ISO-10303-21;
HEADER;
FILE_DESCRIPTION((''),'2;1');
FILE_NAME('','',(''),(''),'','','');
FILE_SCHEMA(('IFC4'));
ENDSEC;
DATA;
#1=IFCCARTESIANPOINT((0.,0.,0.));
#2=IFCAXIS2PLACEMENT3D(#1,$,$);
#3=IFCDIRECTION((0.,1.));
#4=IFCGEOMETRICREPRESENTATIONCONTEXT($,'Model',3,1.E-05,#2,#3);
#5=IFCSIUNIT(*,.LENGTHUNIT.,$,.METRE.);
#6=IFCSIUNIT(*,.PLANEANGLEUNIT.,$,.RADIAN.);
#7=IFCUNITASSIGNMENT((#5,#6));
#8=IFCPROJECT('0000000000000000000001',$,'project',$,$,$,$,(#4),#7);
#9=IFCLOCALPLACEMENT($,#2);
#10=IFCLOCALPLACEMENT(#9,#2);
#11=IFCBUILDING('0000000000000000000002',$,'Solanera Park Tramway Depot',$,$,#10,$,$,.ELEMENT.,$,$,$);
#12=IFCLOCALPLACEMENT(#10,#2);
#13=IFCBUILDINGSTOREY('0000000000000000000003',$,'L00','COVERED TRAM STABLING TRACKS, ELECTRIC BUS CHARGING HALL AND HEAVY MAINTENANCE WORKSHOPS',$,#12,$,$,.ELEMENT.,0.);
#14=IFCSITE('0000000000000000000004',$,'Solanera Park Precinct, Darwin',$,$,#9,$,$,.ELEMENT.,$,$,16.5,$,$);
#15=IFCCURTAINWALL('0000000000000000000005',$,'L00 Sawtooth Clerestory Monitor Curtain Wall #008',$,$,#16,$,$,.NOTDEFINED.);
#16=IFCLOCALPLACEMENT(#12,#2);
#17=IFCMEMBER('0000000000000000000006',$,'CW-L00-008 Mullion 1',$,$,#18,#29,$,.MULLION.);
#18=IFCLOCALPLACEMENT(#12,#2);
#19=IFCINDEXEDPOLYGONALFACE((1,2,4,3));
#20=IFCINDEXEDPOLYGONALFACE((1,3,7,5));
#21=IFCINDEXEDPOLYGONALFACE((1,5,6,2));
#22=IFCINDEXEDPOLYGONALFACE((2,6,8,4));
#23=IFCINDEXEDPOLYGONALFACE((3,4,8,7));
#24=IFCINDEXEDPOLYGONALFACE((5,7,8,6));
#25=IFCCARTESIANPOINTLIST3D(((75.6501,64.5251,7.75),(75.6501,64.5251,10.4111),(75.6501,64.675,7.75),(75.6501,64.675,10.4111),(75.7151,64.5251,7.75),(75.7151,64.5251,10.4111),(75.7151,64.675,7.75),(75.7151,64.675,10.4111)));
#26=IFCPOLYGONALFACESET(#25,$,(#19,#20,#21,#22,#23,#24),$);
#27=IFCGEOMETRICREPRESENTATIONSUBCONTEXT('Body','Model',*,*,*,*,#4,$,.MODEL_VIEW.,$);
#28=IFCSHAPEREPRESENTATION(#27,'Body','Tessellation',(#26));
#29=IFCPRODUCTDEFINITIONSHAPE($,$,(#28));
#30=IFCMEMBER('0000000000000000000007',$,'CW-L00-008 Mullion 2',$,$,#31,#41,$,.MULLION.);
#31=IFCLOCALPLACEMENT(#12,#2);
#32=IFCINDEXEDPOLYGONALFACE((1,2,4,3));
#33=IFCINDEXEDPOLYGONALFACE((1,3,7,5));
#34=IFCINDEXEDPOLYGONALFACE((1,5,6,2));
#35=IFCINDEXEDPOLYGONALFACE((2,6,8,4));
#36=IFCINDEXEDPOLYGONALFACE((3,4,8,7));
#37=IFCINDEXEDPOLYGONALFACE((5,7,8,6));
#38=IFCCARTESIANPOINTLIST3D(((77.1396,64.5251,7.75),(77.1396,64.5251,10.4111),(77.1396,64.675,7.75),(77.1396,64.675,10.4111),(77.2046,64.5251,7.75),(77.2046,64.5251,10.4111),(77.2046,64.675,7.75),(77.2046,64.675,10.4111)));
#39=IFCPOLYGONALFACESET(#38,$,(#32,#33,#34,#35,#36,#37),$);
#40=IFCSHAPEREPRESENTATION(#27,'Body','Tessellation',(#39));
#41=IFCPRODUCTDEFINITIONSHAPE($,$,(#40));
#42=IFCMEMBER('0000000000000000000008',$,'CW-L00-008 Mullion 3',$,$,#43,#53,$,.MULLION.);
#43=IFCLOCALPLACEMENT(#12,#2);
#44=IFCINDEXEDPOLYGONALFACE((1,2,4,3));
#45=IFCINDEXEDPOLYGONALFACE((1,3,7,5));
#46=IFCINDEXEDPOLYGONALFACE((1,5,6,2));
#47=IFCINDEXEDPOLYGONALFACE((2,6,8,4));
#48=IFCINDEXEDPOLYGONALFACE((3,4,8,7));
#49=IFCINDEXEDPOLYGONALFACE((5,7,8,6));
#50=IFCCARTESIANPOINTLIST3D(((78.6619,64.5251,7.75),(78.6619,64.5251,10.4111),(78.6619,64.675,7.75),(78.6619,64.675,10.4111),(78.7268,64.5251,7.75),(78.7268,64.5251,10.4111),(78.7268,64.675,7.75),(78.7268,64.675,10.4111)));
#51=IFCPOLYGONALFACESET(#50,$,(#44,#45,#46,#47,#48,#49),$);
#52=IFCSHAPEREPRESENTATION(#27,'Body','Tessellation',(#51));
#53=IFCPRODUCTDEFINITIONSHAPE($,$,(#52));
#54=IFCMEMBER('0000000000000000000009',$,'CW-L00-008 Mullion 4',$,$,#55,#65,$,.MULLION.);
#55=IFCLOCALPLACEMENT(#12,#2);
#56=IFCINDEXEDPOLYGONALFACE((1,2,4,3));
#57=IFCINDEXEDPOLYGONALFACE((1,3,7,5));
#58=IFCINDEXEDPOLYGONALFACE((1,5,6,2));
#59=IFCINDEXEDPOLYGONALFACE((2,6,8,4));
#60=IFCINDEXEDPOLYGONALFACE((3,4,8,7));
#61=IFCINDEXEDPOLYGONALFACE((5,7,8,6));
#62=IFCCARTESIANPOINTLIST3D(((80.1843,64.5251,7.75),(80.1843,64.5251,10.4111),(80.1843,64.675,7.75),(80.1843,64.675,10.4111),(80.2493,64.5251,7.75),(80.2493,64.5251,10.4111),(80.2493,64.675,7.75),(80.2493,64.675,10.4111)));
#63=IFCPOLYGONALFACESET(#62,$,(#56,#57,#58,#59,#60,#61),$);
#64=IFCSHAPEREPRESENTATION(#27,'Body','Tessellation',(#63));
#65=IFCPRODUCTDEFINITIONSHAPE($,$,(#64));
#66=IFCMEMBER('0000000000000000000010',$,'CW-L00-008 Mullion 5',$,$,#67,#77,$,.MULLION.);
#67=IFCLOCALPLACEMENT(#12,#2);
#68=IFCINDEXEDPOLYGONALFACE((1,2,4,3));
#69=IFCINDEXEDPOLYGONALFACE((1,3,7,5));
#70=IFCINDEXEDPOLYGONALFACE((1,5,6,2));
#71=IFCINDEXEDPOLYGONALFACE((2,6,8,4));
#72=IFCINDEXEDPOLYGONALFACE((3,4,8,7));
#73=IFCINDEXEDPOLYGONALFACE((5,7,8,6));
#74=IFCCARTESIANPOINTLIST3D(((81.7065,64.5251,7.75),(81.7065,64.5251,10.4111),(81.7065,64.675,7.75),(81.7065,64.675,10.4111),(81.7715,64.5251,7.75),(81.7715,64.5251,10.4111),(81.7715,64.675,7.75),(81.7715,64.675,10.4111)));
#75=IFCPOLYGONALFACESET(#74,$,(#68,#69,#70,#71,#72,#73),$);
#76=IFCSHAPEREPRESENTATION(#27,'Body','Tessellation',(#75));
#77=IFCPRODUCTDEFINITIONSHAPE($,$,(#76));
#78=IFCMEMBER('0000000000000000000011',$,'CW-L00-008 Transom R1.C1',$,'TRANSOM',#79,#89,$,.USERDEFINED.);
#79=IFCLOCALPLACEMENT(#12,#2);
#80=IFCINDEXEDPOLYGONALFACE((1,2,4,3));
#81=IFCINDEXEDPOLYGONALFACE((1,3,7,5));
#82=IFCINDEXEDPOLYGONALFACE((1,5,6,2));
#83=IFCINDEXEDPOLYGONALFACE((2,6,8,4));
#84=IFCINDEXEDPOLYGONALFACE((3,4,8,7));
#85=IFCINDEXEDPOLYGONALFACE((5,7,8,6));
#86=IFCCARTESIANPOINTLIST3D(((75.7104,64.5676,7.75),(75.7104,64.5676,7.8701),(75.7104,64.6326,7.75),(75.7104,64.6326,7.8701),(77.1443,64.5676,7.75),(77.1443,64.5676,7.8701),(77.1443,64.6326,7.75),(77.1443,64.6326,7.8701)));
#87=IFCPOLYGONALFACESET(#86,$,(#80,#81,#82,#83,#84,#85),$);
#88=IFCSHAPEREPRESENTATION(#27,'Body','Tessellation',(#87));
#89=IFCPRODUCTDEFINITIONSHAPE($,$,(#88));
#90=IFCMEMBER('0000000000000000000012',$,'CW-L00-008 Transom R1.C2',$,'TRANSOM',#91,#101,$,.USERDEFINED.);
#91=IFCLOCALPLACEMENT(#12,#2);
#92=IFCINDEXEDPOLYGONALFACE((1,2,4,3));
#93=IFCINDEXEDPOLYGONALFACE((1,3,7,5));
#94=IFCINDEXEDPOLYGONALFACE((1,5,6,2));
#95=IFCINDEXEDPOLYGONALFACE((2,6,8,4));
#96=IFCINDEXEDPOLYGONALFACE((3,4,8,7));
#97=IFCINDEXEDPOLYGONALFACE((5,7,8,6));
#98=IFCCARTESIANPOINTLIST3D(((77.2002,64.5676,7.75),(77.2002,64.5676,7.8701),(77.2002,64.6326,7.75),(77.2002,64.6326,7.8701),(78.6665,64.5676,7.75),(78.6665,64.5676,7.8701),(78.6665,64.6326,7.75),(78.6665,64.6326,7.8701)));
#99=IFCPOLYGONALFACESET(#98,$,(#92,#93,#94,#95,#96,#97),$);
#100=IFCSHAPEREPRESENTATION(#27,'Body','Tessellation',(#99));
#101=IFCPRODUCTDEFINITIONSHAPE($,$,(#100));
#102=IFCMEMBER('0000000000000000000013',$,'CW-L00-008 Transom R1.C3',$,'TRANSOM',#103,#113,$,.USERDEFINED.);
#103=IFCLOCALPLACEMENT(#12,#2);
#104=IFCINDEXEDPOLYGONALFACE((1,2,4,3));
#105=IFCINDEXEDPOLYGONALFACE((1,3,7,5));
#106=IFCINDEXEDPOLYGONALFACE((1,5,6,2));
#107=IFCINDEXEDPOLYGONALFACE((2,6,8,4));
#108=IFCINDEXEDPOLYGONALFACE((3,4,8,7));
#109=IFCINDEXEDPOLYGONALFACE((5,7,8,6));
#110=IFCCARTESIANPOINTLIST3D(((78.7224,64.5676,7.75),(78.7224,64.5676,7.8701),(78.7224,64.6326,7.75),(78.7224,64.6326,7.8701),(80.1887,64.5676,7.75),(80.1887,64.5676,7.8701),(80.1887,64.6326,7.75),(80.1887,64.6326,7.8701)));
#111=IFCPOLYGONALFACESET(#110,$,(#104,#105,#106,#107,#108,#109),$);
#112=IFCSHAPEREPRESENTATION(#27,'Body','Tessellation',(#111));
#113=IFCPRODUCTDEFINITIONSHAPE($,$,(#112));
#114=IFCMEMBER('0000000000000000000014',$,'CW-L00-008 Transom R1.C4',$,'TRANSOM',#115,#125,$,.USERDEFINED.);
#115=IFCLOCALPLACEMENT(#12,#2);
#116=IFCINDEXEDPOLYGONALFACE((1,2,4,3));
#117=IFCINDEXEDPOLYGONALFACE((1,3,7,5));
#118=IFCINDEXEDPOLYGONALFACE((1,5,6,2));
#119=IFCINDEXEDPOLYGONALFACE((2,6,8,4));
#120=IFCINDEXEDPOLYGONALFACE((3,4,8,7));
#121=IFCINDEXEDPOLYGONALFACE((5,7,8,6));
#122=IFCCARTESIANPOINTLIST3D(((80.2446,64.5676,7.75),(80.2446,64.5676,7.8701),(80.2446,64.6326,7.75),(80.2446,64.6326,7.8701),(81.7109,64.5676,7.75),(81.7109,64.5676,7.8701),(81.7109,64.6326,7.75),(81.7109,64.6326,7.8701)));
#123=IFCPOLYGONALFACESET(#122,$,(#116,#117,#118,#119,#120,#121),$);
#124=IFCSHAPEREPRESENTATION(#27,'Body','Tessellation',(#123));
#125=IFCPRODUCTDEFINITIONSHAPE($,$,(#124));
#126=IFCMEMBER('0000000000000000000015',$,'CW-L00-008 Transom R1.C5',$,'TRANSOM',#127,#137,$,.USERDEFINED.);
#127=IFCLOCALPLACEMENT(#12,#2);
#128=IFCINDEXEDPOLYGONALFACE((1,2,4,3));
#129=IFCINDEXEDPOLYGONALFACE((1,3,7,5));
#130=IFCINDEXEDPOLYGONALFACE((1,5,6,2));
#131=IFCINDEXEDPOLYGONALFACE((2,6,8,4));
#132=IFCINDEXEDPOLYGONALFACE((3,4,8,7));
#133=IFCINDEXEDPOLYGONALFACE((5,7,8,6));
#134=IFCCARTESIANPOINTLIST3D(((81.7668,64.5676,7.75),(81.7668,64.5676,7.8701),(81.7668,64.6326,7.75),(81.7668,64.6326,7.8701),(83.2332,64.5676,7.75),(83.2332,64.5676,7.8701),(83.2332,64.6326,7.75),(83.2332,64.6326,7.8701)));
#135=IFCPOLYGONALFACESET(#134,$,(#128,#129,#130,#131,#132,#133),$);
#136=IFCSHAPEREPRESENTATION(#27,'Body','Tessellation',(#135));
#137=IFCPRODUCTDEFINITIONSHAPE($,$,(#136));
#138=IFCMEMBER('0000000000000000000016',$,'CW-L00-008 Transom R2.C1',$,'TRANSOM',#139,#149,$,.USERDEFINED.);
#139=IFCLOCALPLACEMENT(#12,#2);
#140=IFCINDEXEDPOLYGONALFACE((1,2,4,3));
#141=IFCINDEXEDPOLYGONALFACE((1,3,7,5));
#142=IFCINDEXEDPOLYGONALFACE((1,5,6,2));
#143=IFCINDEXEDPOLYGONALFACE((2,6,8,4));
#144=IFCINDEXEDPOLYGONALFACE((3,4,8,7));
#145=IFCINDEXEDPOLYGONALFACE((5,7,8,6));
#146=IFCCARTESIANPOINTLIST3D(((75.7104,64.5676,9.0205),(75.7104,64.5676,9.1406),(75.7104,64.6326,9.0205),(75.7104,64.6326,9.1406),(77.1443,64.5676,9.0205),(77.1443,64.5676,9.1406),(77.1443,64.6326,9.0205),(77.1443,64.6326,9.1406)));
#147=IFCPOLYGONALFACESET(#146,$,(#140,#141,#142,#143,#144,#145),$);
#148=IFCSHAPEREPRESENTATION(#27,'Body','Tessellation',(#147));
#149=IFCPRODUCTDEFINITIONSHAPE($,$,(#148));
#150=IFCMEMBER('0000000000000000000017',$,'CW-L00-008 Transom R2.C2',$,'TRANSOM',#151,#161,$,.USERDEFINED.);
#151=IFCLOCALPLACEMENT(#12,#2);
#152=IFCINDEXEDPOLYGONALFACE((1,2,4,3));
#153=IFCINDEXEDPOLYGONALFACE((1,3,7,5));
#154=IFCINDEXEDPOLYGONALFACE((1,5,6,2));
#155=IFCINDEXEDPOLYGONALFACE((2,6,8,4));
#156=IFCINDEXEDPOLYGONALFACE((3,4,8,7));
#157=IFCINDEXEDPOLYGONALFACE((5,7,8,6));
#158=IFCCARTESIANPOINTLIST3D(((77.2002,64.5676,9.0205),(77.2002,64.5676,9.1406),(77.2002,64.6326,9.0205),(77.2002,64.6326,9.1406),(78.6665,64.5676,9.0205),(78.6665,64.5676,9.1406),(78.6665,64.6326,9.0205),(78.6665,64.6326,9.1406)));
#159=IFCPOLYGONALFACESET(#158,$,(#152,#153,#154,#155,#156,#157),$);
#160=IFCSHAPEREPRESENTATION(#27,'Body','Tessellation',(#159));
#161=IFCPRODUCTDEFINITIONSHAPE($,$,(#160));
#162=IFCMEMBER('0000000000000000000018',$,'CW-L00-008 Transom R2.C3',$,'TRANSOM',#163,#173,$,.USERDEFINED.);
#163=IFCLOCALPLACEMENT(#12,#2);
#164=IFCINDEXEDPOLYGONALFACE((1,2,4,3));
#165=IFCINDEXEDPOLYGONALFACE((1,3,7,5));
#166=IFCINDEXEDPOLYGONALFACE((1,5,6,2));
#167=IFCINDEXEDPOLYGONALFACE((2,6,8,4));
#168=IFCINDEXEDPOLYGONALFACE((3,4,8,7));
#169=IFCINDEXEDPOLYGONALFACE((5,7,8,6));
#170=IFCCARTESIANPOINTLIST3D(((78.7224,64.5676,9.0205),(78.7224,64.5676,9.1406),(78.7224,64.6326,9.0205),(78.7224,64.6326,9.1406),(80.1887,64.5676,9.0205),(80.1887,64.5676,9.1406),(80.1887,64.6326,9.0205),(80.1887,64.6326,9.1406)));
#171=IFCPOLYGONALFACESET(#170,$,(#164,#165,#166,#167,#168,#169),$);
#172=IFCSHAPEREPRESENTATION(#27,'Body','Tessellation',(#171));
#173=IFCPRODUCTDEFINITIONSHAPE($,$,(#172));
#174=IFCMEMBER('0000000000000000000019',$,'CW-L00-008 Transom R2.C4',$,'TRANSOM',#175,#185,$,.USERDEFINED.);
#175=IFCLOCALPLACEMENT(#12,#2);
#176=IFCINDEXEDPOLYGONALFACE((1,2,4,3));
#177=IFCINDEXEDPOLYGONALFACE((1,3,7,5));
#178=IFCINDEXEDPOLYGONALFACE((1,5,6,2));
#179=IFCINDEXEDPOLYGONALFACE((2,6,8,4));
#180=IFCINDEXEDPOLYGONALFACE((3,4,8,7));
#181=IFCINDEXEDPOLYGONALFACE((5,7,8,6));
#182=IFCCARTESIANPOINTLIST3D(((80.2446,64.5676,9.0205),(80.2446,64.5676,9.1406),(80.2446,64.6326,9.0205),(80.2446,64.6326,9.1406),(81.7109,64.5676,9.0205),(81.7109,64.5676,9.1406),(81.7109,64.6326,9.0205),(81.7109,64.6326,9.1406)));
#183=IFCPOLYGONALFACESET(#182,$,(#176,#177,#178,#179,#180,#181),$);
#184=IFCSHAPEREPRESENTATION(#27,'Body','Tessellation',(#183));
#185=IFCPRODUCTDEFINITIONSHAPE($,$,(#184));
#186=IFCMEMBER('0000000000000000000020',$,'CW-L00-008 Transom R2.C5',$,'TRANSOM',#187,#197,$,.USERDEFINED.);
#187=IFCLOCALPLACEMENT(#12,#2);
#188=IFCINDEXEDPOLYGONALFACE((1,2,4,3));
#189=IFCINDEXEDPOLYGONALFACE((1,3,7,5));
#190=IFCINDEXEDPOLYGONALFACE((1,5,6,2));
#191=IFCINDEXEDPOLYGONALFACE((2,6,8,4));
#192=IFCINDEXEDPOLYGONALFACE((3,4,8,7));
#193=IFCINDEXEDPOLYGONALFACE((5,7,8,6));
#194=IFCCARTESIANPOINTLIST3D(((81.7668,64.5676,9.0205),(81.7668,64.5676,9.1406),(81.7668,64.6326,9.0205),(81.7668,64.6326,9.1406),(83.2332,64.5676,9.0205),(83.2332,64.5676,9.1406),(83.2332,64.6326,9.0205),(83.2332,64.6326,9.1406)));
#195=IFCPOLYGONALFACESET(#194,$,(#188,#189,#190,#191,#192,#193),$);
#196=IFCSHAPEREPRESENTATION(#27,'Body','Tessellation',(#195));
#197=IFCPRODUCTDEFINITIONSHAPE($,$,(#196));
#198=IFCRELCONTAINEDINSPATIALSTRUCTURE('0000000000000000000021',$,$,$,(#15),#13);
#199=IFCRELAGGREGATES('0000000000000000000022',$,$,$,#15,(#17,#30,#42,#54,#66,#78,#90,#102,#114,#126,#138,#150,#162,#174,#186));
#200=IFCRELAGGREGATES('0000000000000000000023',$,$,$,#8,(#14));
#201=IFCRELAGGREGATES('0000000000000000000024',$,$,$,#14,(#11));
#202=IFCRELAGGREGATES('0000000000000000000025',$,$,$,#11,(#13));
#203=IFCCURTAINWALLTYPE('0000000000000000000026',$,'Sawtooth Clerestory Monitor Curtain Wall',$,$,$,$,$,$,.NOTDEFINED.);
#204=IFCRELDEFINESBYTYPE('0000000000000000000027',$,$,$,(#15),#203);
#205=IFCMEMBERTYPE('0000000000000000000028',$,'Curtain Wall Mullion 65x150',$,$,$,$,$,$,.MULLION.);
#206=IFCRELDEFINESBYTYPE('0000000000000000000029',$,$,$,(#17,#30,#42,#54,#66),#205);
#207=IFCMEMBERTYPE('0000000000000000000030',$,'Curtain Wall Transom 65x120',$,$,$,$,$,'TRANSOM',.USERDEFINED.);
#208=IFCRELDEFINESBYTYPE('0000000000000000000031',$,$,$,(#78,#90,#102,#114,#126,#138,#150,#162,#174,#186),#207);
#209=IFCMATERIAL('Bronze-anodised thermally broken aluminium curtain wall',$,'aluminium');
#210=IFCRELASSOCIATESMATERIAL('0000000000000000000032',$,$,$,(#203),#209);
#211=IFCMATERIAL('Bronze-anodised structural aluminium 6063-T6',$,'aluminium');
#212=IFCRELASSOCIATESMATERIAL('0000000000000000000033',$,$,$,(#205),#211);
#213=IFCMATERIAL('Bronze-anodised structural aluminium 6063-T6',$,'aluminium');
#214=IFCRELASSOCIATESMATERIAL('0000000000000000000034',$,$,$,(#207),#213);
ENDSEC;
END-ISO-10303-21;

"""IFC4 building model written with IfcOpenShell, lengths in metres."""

from ifc_helpers import new_model, si_unit, direction, frame, origin, origin_2d, place, context, subcontext, project, spatial, rectangle, extrude, material, material_profile, profile_set, type_object, element, aggregate, save


model = new_model("IFC4")

# Units and contexts
model_context = context("Model", 3, precision=1e-05, world=origin(), true_north=direction((0.0, 1.0)))
body_context = subcontext(model_context, "Body", "Model", "MODEL_VIEW")
ifc_project = project(units=[si_unit("LENGTHUNIT", "METRE"), si_unit("PLANEANGLEUNIT", "RADIAN")], contexts=[model_context])

# Site, building, storey
site_placement = place(None, origin())
site = spatial("IfcSite", under=ifc_project, at=site_placement, Name="Solanera Park Precinct, Darwin", CompositionType="ELEMENT", RefElevation=16.5)
building_placement = place(site_placement, origin())
building = spatial("IfcBuilding", under=site, at=building_placement, Name="Solanera Park Tramway Depot", CompositionType="ELEMENT")
storey_placement = place(building_placement, origin())
storey = spatial("IfcBuildingStorey", under=building, at=storey_placement, Name="L00", Description="COVERED TRAM STABLING TRACKS, ELECTRIC BUS CHARGING HALL AND HEAVY MAINTENANCE WORKSHOPS", CompositionType="ELEMENT", Elevation=0.0)

# Curtain wall, members
ifc_material_1 = material(Name="Bronze-anodised thermally broken aluminium curtain wall", Category="aluminium")
curtain_wall_type = type_object("IfcCurtainWallType", Name="Sawtooth Clerestory Monitor Curtain Wall", PredefinedType="NOTDEFINED", material=ifc_material_1)
curtain_wall_placement = place(storey_placement, origin())
curtain_wall = element("IfcCurtainWall", 1, at=curtain_wall_placement, inside=storey, type_object=curtain_wall_type, Name="L00 Sawtooth Clerestory Monitor Curtain Wall #008", PredefinedType="NOTDEFINED")
ifc_material_2 = material(Name="Bronze-anodised structural aluminium 6063-T6", Category="aluminium")
ifc_material_profile_1 = material_profile(ifc_material_2, rectangle(XDim=0.0649, YDim=0.1499, at=origin_2d()), Name="Curtain Wall Mullion 65x150")
ifc_profile_set_1 = profile_set([ifc_material_profile_1], Name="Bronze-anodised structural aluminium 6063-T6")
member_type_1 = type_object("IfcMemberType", Name="Curtain Wall Mullion 65x150", PredefinedType="MULLION", material=ifc_profile_set_1)
member_1_placement = place(storey_placement, frame((75.6826, 64.6001, 7.75), z_axis=(0.0, 0.0, 1.0), x_axis=(1.0, 0.0, 0.0)))
member_1 = element("IfcMember", 2, at=member_1_placement, type_object=member_type_1, Name="CW-L00-008 Mullion 1", PredefinedType="MULLION", context=body_context, shape_type="SweptSolid", body=[
    extrude(rectangle(XDim=0.0649, YDim=0.1499, at=origin_2d()), origin(), (0.0, 0.0, 1.0), 2.6611),
])
member_2_placement = place(storey_placement, frame((77.1721, 64.6001, 7.75), z_axis=(0.0, 0.0, 1.0), x_axis=(1.0, 0.0, 0.0)))
member_2 = element("IfcMember", 3, at=member_2_placement, type_object=member_type_1, Name="CW-L00-008 Mullion 2", PredefinedType="MULLION", context=body_context, shape_type="SweptSolid", body=[
    extrude(rectangle(XDim=0.0649, YDim=0.1499, at=origin_2d()), origin(), (0.0, 0.0, 1.0), 2.6611),
])
member_3_placement = place(storey_placement, frame((78.6943, 64.6001, 7.75), z_axis=(0.0, 0.0, 1.0), x_axis=(1.0, 0.0, 0.0)))
member_3 = element("IfcMember", 4, at=member_3_placement, type_object=member_type_1, Name="CW-L00-008 Mullion 3", PredefinedType="MULLION", context=body_context, shape_type="SweptSolid", body=[
    extrude(rectangle(XDim=0.0649, YDim=0.1499, at=origin_2d()), origin(), (0.0, 0.0, 1.0), 2.6611),
])
member_4_placement = place(storey_placement, frame((80.2168, 64.6001, 7.75), z_axis=(0.0, 0.0, 1.0), x_axis=(1.0, 0.0, 0.0)))
member_4 = element("IfcMember", 5, at=member_4_placement, type_object=member_type_1, Name="CW-L00-008 Mullion 4", PredefinedType="MULLION", context=body_context, shape_type="SweptSolid", body=[
    extrude(rectangle(XDim=0.0649, YDim=0.1499, at=origin_2d()), origin(), (0.0, 0.0, 1.0), 2.6611),
])
member_5_placement = place(storey_placement, frame((81.739, 64.6001, 7.75), z_axis=(0.0, 0.0, 1.0), x_axis=(1.0, 0.0, 0.0)))
member_5 = element("IfcMember", 6, at=member_5_placement, type_object=member_type_1, Name="CW-L00-008 Mullion 5", PredefinedType="MULLION", context=body_context, shape_type="SweptSolid", body=[
    extrude(rectangle(XDim=0.0649, YDim=0.1499, at=origin_2d()), origin(), (0.0, 0.0, 1.0), 2.6611),
])
ifc_material_3 = material(Name="Bronze-anodised structural aluminium 6063-T6", Category="aluminium")
ifc_material_profile_2 = material_profile(ifc_material_3, rectangle(XDim=0.0649, YDim=0.1201, at=origin_2d()), Name="Curtain Wall Transom 65x120")
ifc_profile_set_2 = profile_set([ifc_material_profile_2], Name="Bronze-anodised structural aluminium 6063-T6")
member_type_2 = type_object("IfcMemberType", Name="Curtain Wall Transom 65x120", ElementType="TRANSOM", PredefinedType="USERDEFINED", material=ifc_profile_set_2)
member_6_placement = place(storey_placement, frame((75.7104, 64.6001, 7.8101), z_axis=(1.0, 0.0, 0.0), x_axis=(0.0, 1.0, 0.0)))
member_6 = element("IfcMember", 7, at=member_6_placement, type_object=member_type_2, Name="CW-L00-008 Transom R1.C1", ObjectType="TRANSOM", PredefinedType="USERDEFINED", context=body_context, shape_type="SweptSolid", body=[
    extrude(rectangle(XDim=0.0649, YDim=0.1201, at=origin_2d()), origin(), (0.0, 0.0, 1.0), 1.4338),
])
member_7_placement = place(storey_placement, frame((77.2002, 64.6001, 7.8101), z_axis=(1.0, 0.0, 0.0), x_axis=(0.0, 1.0, 0.0)))
member_7 = element("IfcMember", 8, at=member_7_placement, type_object=member_type_2, Name="CW-L00-008 Transom R1.C2", ObjectType="TRANSOM", PredefinedType="USERDEFINED", context=body_context, shape_type="SweptSolid", body=[
    extrude(rectangle(XDim=0.0649, YDim=0.1201, at=origin_2d()), origin(), (0.0, 0.0, 1.0), 1.4663),
])
member_8_placement = place(storey_placement, frame((78.7224, 64.6001, 7.8101), z_axis=(1.0, 0.0, 0.0), x_axis=(0.0, 1.0, 0.0)))
member_8 = element("IfcMember", 9, at=member_8_placement, type_object=member_type_2, Name="CW-L00-008 Transom R1.C3", ObjectType="TRANSOM", PredefinedType="USERDEFINED", context=body_context, shape_type="SweptSolid", body=[
    extrude(rectangle(XDim=0.0649, YDim=0.1201, at=origin_2d()), origin(), (0.0, 0.0, 1.0), 1.4663),
])
member_9_placement = place(storey_placement, frame((80.2446, 64.6001, 7.8101), z_axis=(1.0, 0.0, 0.0), x_axis=(0.0, 1.0, 0.0)))
member_9 = element("IfcMember", 10, at=member_9_placement, type_object=member_type_2, Name="CW-L00-008 Transom R1.C4", ObjectType="TRANSOM", PredefinedType="USERDEFINED", context=body_context, shape_type="SweptSolid", body=[
    extrude(rectangle(XDim=0.0649, YDim=0.1201, at=origin_2d()), origin(), (0.0, 0.0, 1.0), 1.4663),
])
member_10_placement = place(storey_placement, frame((81.7668, 64.6001, 7.8101), z_axis=(1.0, 0.0, 0.0), x_axis=(0.0, 1.0, 0.0)))
member_10 = element("IfcMember", 11, at=member_10_placement, type_object=member_type_2, Name="CW-L00-008 Transom R1.C5", ObjectType="TRANSOM", PredefinedType="USERDEFINED", context=body_context, shape_type="SweptSolid", body=[
    extrude(rectangle(XDim=0.0649, YDim=0.1201, at=origin_2d()), origin(), (0.0, 0.0, 1.0), 1.4663),
])
member_11_placement = place(storey_placement, frame((75.7104, 64.6001, 9.0806), z_axis=(1.0, 0.0, 0.0), x_axis=(0.0, 1.0, 0.0)))
member_11 = element("IfcMember", 12, at=member_11_placement, type_object=member_type_2, Name="CW-L00-008 Transom R2.C1", ObjectType="TRANSOM", PredefinedType="USERDEFINED", context=body_context, shape_type="SweptSolid", body=[
    extrude(rectangle(XDim=0.0649, YDim=0.1201, at=origin_2d()), origin(), (0.0, 0.0, 1.0), 1.4338),
])
member_12_placement = place(storey_placement, frame((77.2002, 64.6001, 9.0806), z_axis=(1.0, 0.0, 0.0), x_axis=(0.0, 1.0, 0.0)))
member_12 = element("IfcMember", 13, at=member_12_placement, type_object=member_type_2, Name="CW-L00-008 Transom R2.C2", ObjectType="TRANSOM", PredefinedType="USERDEFINED", context=body_context, shape_type="SweptSolid", body=[
    extrude(rectangle(XDim=0.0649, YDim=0.1201, at=origin_2d()), origin(), (0.0, 0.0, 1.0), 1.4663),
])
member_13_placement = place(storey_placement, frame((78.7224, 64.6001, 9.0806), z_axis=(1.0, 0.0, 0.0), x_axis=(0.0, 1.0, 0.0)))
member_13 = element("IfcMember", 14, at=member_13_placement, type_object=member_type_2, Name="CW-L00-008 Transom R2.C3", ObjectType="TRANSOM", PredefinedType="USERDEFINED", context=body_context, shape_type="SweptSolid", body=[
    extrude(rectangle(XDim=0.0649, YDim=0.1201, at=origin_2d()), origin(), (0.0, 0.0, 1.0), 1.4663),
])
member_14_placement = place(storey_placement, frame((80.2446, 64.6001, 9.0806), z_axis=(1.0, 0.0, 0.0), x_axis=(0.0, 1.0, 0.0)))
member_14 = element("IfcMember", 15, at=member_14_placement, type_object=member_type_2, Name="CW-L00-008 Transom R2.C4", ObjectType="TRANSOM", PredefinedType="USERDEFINED", context=body_context, shape_type="SweptSolid", body=[
    extrude(rectangle(XDim=0.0649, YDim=0.1201, at=origin_2d()), origin(), (0.0, 0.0, 1.0), 1.4663),
])
member_15_placement = place(storey_placement, frame((81.7668, 64.6001, 9.0806), z_axis=(1.0, 0.0, 0.0), x_axis=(0.0, 1.0, 0.0)))
member_15 = element("IfcMember", 16, at=member_15_placement, type_object=member_type_2, Name="CW-L00-008 Transom R2.C5", ObjectType="TRANSOM", PredefinedType="USERDEFINED", context=body_context, shape_type="SweptSolid", body=[
    extrude(rectangle(XDim=0.0649, YDim=0.1201, at=origin_2d()), origin(), (0.0, 0.0, 1.0), 1.4663),
])

aggregate(curtain_wall, [member_1, member_2, member_3, member_4, member_5, member_6, member_7, member_8, member_9, member_10, member_11, member_12, member_13, member_14, member_15])

save(model, "model.ifc")
